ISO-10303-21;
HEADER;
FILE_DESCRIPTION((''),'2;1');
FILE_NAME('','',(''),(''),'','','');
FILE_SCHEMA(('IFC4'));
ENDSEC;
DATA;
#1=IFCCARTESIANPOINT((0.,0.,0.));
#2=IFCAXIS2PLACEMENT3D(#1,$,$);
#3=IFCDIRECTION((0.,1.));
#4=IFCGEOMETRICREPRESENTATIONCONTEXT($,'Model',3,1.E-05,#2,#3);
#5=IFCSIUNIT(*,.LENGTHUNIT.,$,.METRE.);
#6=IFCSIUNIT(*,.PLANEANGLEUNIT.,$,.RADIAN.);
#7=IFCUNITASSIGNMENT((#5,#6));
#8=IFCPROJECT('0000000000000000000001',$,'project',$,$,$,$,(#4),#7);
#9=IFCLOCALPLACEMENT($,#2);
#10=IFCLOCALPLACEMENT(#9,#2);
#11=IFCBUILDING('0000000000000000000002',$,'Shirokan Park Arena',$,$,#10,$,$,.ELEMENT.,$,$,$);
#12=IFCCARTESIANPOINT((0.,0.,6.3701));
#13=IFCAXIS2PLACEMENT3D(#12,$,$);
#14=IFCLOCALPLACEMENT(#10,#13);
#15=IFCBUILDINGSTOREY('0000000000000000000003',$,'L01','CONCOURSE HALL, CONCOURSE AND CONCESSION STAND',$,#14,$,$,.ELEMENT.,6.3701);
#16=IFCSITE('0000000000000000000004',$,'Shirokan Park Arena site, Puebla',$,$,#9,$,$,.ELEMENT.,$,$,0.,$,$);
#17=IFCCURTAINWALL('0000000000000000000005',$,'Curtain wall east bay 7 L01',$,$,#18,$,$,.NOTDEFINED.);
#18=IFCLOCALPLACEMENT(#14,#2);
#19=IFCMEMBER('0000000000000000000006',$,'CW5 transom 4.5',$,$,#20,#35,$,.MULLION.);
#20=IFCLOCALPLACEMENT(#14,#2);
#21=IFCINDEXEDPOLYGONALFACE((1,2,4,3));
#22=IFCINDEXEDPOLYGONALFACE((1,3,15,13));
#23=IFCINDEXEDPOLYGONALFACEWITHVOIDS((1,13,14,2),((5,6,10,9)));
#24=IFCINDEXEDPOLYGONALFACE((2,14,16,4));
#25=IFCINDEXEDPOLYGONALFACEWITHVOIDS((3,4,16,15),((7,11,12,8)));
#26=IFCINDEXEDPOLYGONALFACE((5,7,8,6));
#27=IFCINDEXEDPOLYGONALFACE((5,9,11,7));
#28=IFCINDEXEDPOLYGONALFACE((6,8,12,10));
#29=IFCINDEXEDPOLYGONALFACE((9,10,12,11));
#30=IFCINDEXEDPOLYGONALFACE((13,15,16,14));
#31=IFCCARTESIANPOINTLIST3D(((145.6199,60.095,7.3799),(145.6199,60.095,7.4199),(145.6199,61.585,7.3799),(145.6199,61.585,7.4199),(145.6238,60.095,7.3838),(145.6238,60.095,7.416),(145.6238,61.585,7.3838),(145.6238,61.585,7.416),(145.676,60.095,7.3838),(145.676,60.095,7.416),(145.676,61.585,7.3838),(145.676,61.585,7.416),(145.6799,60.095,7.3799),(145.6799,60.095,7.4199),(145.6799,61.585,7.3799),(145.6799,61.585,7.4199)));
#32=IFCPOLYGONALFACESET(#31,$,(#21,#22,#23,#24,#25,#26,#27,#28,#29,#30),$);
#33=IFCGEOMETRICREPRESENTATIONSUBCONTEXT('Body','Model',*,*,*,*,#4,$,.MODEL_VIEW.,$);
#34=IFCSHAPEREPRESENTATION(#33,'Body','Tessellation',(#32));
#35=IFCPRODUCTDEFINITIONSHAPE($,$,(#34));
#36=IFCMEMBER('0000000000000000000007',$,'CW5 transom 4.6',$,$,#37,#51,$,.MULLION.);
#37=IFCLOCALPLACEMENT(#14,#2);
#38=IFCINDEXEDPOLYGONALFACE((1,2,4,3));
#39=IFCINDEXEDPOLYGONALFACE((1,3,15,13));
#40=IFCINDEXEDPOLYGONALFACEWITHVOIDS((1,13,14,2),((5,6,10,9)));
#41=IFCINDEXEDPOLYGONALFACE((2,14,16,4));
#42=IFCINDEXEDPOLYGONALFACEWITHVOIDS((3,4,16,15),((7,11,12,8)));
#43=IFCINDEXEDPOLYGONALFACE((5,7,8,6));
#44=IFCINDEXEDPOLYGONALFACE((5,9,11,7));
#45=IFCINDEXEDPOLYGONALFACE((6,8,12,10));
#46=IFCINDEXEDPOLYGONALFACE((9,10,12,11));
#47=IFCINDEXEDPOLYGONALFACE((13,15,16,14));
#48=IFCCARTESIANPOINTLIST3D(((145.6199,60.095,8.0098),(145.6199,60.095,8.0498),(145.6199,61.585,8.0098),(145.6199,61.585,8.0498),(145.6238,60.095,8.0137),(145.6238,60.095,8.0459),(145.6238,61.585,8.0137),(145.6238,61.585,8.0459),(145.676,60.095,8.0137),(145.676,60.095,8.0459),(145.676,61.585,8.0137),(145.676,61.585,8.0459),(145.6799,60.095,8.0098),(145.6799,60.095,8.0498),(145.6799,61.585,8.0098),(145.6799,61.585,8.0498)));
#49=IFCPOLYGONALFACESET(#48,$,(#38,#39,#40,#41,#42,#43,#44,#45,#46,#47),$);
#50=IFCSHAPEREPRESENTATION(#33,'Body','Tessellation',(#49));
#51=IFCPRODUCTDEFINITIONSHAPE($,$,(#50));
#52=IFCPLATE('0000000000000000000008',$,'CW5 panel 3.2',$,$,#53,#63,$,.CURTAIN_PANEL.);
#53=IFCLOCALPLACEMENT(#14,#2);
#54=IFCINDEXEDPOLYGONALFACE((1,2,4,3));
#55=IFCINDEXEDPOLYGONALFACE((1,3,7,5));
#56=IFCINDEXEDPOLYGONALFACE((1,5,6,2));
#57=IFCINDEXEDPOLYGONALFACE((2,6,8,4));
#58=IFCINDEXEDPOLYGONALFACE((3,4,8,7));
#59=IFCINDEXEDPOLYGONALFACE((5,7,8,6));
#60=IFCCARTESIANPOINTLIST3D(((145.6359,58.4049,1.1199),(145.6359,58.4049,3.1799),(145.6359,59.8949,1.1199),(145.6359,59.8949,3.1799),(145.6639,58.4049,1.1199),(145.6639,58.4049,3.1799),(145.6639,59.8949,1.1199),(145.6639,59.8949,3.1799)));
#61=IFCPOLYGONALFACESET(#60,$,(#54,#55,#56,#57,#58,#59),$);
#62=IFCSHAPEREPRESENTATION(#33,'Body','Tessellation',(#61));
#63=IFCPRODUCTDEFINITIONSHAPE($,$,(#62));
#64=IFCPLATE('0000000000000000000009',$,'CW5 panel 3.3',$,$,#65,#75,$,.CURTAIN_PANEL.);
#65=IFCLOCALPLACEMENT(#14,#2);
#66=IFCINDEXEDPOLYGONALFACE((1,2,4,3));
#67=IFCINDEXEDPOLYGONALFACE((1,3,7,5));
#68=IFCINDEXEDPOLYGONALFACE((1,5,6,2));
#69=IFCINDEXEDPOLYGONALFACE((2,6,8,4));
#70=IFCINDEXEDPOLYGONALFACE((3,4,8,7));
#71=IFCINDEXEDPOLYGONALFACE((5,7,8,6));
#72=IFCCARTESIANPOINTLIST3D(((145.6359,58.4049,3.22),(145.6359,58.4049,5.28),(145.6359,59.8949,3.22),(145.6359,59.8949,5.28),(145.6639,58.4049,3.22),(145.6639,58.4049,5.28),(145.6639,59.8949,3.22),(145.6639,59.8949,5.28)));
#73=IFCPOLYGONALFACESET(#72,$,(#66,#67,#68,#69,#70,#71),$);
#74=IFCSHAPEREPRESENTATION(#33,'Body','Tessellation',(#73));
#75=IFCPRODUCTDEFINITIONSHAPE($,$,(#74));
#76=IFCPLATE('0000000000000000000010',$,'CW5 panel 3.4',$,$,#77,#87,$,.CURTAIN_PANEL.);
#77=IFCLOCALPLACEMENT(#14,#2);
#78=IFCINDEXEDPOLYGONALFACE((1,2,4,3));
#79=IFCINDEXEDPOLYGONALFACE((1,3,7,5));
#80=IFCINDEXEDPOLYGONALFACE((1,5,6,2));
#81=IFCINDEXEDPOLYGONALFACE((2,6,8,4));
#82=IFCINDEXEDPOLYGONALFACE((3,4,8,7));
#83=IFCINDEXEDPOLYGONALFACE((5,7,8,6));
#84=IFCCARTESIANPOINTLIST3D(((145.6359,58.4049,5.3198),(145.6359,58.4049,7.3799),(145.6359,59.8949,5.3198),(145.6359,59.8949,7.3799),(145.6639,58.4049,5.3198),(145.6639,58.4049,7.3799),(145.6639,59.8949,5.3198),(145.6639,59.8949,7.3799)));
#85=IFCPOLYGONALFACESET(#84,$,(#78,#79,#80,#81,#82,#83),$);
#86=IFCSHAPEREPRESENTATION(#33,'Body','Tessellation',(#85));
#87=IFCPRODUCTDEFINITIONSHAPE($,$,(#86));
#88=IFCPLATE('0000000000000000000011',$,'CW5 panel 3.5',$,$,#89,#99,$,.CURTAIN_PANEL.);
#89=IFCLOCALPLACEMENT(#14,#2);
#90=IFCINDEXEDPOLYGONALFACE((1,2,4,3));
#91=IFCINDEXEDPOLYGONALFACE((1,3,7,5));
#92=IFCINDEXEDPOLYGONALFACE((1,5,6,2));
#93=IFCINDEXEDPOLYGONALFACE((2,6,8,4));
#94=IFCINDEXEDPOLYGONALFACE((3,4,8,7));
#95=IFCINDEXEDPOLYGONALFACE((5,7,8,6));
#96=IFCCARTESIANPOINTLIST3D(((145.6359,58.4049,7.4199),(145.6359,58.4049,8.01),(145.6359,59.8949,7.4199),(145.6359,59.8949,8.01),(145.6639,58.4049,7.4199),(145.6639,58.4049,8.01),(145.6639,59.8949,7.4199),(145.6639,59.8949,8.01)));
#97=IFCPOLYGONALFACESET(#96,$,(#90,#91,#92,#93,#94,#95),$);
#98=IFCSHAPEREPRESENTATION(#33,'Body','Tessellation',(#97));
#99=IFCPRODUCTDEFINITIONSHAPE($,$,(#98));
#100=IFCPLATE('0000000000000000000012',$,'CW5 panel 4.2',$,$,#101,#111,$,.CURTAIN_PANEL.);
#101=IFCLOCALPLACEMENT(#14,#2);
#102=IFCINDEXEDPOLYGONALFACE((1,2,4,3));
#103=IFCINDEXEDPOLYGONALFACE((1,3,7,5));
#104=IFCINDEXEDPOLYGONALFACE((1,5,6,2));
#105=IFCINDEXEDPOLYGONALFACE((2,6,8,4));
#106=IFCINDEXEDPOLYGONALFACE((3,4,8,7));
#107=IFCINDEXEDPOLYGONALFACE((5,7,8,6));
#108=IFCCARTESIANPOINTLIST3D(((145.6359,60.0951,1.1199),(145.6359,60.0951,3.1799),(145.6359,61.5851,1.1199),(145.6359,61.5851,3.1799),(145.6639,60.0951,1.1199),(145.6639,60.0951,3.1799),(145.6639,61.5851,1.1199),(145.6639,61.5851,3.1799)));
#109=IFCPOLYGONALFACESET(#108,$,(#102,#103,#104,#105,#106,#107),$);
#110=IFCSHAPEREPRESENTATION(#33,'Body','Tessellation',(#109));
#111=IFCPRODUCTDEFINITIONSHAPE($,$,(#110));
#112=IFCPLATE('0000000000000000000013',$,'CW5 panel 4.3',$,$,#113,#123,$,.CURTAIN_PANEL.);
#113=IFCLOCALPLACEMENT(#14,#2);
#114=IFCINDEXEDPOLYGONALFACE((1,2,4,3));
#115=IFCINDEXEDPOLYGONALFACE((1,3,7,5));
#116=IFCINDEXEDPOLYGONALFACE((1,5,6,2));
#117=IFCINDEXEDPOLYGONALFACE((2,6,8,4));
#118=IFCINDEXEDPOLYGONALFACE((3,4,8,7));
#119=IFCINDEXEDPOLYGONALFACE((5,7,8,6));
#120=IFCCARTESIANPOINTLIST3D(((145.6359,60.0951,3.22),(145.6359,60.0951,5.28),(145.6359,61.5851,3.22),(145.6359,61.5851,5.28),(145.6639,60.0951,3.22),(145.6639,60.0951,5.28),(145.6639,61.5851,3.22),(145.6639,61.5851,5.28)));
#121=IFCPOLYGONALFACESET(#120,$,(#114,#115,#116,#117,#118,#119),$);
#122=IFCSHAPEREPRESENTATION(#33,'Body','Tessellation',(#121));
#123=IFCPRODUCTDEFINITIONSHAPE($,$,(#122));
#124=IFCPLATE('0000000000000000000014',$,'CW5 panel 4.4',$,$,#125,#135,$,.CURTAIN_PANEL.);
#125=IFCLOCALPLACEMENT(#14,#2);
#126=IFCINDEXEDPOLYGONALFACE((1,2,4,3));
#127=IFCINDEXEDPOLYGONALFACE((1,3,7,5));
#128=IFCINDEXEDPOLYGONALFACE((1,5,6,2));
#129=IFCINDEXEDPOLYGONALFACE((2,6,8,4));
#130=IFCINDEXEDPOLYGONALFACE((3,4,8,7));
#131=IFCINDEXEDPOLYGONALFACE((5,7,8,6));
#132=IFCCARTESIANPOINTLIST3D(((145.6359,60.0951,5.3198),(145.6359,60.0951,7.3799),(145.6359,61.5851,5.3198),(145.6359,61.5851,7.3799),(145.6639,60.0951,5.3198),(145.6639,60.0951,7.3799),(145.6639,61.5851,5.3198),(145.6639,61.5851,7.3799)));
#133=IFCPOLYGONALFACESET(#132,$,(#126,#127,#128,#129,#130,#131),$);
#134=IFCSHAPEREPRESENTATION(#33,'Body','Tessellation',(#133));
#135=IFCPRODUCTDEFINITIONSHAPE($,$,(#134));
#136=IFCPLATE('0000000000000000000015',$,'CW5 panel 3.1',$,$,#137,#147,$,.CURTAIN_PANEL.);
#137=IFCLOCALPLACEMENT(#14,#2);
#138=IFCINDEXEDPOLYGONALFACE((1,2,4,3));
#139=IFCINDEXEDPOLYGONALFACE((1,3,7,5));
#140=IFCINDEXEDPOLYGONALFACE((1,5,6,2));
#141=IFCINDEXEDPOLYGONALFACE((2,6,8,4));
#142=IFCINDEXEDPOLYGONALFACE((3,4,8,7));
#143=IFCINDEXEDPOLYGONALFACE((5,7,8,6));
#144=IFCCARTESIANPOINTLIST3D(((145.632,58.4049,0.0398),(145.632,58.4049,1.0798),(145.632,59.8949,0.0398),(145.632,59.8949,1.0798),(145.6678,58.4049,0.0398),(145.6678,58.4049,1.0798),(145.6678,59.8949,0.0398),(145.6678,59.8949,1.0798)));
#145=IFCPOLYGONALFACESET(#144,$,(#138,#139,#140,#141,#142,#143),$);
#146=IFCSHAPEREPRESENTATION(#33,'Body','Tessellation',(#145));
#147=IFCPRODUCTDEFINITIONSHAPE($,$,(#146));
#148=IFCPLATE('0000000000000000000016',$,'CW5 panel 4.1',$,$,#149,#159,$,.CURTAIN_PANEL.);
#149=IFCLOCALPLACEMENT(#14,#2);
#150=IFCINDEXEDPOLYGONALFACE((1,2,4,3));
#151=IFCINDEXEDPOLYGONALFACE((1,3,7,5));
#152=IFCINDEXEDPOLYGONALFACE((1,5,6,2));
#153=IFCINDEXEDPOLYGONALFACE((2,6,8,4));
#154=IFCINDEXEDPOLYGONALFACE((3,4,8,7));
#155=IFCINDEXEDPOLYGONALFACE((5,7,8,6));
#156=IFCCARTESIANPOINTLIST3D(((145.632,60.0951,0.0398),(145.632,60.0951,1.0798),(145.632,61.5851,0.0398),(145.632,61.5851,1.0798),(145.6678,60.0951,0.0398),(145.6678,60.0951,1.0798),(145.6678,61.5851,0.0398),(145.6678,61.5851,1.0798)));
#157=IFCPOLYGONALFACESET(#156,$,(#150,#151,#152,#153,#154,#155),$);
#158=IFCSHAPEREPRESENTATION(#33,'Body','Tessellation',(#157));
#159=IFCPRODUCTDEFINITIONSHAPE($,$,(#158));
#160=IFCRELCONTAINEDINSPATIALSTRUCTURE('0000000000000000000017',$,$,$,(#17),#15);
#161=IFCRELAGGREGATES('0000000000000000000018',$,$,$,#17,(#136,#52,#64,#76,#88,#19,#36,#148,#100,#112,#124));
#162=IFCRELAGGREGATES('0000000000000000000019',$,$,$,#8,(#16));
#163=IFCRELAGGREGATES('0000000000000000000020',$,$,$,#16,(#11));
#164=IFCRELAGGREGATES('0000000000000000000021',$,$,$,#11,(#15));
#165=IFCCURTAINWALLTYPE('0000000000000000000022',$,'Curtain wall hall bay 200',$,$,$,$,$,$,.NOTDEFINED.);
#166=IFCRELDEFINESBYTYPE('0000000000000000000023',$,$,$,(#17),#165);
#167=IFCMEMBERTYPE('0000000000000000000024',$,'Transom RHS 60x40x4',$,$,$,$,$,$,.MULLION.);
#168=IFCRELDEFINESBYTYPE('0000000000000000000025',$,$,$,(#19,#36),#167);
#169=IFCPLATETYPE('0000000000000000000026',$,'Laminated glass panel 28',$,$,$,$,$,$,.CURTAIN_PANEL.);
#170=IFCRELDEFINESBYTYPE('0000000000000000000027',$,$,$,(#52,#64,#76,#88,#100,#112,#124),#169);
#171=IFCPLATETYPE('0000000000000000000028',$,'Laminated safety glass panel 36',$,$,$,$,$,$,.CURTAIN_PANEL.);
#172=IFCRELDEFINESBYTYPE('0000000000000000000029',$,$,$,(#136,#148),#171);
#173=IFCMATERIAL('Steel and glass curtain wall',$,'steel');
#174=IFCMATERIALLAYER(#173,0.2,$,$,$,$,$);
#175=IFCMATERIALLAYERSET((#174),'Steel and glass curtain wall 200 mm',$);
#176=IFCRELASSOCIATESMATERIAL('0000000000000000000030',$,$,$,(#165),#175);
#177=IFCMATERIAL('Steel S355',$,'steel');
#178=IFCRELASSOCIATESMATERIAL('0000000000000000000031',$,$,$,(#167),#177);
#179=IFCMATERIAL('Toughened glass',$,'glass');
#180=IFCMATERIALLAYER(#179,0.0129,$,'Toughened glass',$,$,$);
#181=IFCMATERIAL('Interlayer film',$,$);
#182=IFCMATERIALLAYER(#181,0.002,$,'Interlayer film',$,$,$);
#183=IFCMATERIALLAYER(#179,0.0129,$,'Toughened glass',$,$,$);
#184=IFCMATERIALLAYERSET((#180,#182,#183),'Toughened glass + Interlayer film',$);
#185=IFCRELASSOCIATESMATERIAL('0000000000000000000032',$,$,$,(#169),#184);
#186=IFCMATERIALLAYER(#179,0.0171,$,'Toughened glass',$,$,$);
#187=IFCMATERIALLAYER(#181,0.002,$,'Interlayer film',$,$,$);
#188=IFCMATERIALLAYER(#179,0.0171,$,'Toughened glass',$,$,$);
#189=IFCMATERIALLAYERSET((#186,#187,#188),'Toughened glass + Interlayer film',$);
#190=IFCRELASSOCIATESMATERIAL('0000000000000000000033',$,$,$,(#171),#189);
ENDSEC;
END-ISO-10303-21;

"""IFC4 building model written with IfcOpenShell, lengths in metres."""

from ifc_helpers import new_model, si_unit, direction, frame, origin, origin_2d, place, context, subcontext, project, spatial, rectangle, hollow_rectangle, extrude, material, layer, layer_set, material_profile, profile_set, type_object, element, aggregate, save


model = new_model("IFC4")

# Units and contexts
model_context = context("Model", 3, precision=1e-05, world=origin(), true_north=direction((0.0, 1.0)))
body_context = subcontext(model_context, "Body", "Model", "MODEL_VIEW")
ifc_project = project(units=[si_unit("LENGTHUNIT", "METRE"), si_unit("PLANEANGLEUNIT", "RADIAN")], contexts=[model_context])

# Site, building, storey
site_placement = place(None, origin())
site = spatial("IfcSite", under=ifc_project, at=site_placement, Name="Shirokan Park Arena site, Puebla", CompositionType="ELEMENT", RefElevation=0.0)
building_placement = place(site_placement, origin())
building = spatial("IfcBuilding", under=site, at=building_placement, Name="Shirokan Park Arena", CompositionType="ELEMENT")
storey_placement = place(building_placement, frame((0.0, 0.0, 6.3701)))
storey = spatial("IfcBuildingStorey", under=building, at=storey_placement, Name="L01", Description="CONCOURSE HALL, CONCOURSE AND CONCESSION STAND", CompositionType="ELEMENT", Elevation=6.3701)

# Curtain wall, members, plates
ifc_material_1 = material(Name="Steel and glass curtain wall", Category="steel")
ifc_layer_1 = layer(ifc_material_1, 0.2)
ifc_layer_set_1 = layer_set([ifc_layer_1], Name="Steel and glass curtain wall 200 mm")
curtain_wall_type = type_object("IfcCurtainWallType", Name="Curtain wall hall bay 200", PredefinedType="NOTDEFINED", material=ifc_layer_set_1)
curtain_wall_placement = place(storey_placement, origin())
curtain_wall = element("IfcCurtainWall", 1, at=curtain_wall_placement, inside=storey, type_object=curtain_wall_type, Name="Curtain wall east bay 7 L01", PredefinedType="NOTDEFINED")
ifc_material_2 = material(Name="Steel S355", Category="steel")
ifc_material_profile_1 = material_profile(ifc_material_2, hollow_rectangle(XDim=0.0601, YDim=0.04, WallThickness=0.0039, at=origin_2d()), Name="RHS 60x40x4")
ifc_profile_set_1 = profile_set([ifc_material_profile_1], Name="Steel S355")
member_type_1 = type_object("IfcMemberType", Name="Transom RHS 60x40x4", PredefinedType="MULLION", material=ifc_profile_set_1)
member_1_placement = place(storey_placement, frame((145.6499, 60.095, 7.3999), z_axis=(0.0, 1.0, 0.0), x_axis=(-1.0, 0.0, 0.0)))
member_1 = element("IfcMember", 2, at=member_1_placement, type_object=member_type_1, Name="CW5 transom 4.5", PredefinedType="MULLION", context=body_context, shape_type="SweptSolid", body=[
    extrude(hollow_rectangle(XDim=0.0601, YDim=0.04, WallThickness=0.0039, at=origin_2d()), origin(), (0.0, 0.0, 1.0), 1.49),
])
member_2_placement = place(storey_placement, frame((145.6499, 60.095, 8.0298), z_axis=(0.0, 1.0, 0.0), x_axis=(-1.0, 0.0, 0.0)))
member_2 = element("IfcMember", 3, at=member_2_placement, type_object=member_type_1, Name="CW5 transom 4.6", PredefinedType="MULLION", context=body_context, shape_type="SweptSolid", body=[
    extrude(hollow_rectangle(XDim=0.0601, YDim=0.04, WallThickness=0.0039, at=origin_2d()), origin(), (0.0, 0.0, 1.0), 1.49),
])
ifc_material_3 = material(Name="Toughened glass", Category="glass")
ifc_layer_2 = layer(ifc_material_3, 0.0129, Name="Toughened glass")
ifc_material_4 = material(Name="Interlayer film")
ifc_layer_3 = layer(ifc_material_4, 0.002, Name="Interlayer film")
ifc_layer_4 = layer(ifc_material_3, 0.0129, Name="Toughened glass")
ifc_layer_set_2 = layer_set([ifc_layer_2, ifc_layer_3, ifc_layer_4], Name="Toughened glass + Interlayer film")
plate_type_1 = type_object("IfcPlateType", Name="Laminated glass panel 28", PredefinedType="CURTAIN_PANEL", material=ifc_layer_set_2)
plate_1_placement = place(storey_placement, frame((145.6499, 59.1499, 1.1199), z_axis=(0.0, 0.0, 1.0), x_axis=(0.0, 1.0, 0.0)))
plate_1 = element("IfcPlate", 4, at=plate_1_placement, type_object=plate_type_1, Name="CW5 panel 3.2", PredefinedType="CURTAIN_PANEL", context=body_context, shape_type="SweptSolid", body=[
    extrude(rectangle(XDim=1.49, YDim=0.0281, at=origin_2d()), origin(), (0.0, 0.0, 1.0), 2.0601),
])
plate_2_placement = place(storey_placement, frame((145.6499, 59.1499, 3.22), z_axis=(0.0, 0.0, 1.0), x_axis=(0.0, 1.0, 0.0)))
plate_2 = element("IfcPlate", 5, at=plate_2_placement, type_object=plate_type_1, Name="CW5 panel 3.3", PredefinedType="CURTAIN_PANEL", context=body_context, shape_type="SweptSolid", body=[
    extrude(rectangle(XDim=1.49, YDim=0.0281, at=origin_2d()), origin(), (0.0, 0.0, 1.0), 2.0601),
])
plate_3_placement = place(storey_placement, frame((145.6499, 59.1499, 5.3198), z_axis=(0.0, 0.0, 1.0), x_axis=(0.0, 1.0, 0.0)))
plate_3 = element("IfcPlate", 6, at=plate_3_placement, type_object=plate_type_1, Name="CW5 panel 3.4", PredefinedType="CURTAIN_PANEL", context=body_context, shape_type="SweptSolid", body=[
    extrude(rectangle(XDim=1.49, YDim=0.0281, at=origin_2d()), origin(), (0.0, 0.0, 1.0), 2.0601),
])
plate_4_placement = place(storey_placement, frame((145.6499, 59.1499, 7.4199), z_axis=(0.0, 0.0, 1.0), x_axis=(0.0, 1.0, 0.0)))
plate_4 = element("IfcPlate", 7, at=plate_4_placement, type_object=plate_type_1, Name="CW5 panel 3.5", PredefinedType="CURTAIN_PANEL", context=body_context, shape_type="SweptSolid", body=[
    extrude(rectangle(XDim=1.49, YDim=0.0281, at=origin_2d()), origin(), (0.0, 0.0, 1.0), 0.5901),
])
plate_5_placement = place(storey_placement, frame((145.6499, 60.8401, 1.1199), z_axis=(0.0, 0.0, 1.0), x_axis=(0.0, 1.0, 0.0)))
plate_5 = element("IfcPlate", 8, at=plate_5_placement, type_object=plate_type_1, Name="CW5 panel 4.2", PredefinedType="CURTAIN_PANEL", context=body_context, shape_type="SweptSolid", body=[
    extrude(rectangle(XDim=1.49, YDim=0.0281, at=origin_2d()), origin(), (0.0, 0.0, 1.0), 2.0601),
])
plate_6_placement = place(storey_placement, frame((145.6499, 60.8401, 3.22), z_axis=(0.0, 0.0, 1.0), x_axis=(0.0, 1.0, 0.0)))
plate_6 = element("IfcPlate", 9, at=plate_6_placement, type_object=plate_type_1, Name="CW5 panel 4.3", PredefinedType="CURTAIN_PANEL", context=body_context, shape_type="SweptSolid", body=[
    extrude(rectangle(XDim=1.49, YDim=0.0281, at=origin_2d()), origin(), (0.0, 0.0, 1.0), 2.0601),
])
plate_7_placement = place(storey_placement, frame((145.6499, 60.8401, 5.3198), z_axis=(0.0, 0.0, 1.0), x_axis=(0.0, 1.0, 0.0)))
plate_7 = element("IfcPlate", 10, at=plate_7_placement, type_object=plate_type_1, Name="CW5 panel 4.4", PredefinedType="CURTAIN_PANEL", context=body_context, shape_type="SweptSolid", body=[
    extrude(rectangle(XDim=1.49, YDim=0.0281, at=origin_2d()), origin(), (0.0, 0.0, 1.0), 2.0601),
])
ifc_layer_5 = layer(ifc_material_3, 0.0171, Name="Toughened glass")
ifc_layer_6 = layer(ifc_material_4, 0.002, Name="Interlayer film")
ifc_layer_7 = layer(ifc_material_3, 0.0171, Name="Toughened glass")
ifc_layer_set_3 = layer_set([ifc_layer_5, ifc_layer_6, ifc_layer_7], Name="Toughened glass + Interlayer film")
plate_type_2 = type_object("IfcPlateType", Name="Laminated safety glass panel 36", PredefinedType="CURTAIN_PANEL", material=ifc_layer_set_3)
plate_8_placement = place(storey_placement, frame((145.6499, 59.1499, 0.0398), z_axis=(0.0, 0.0, 1.0), x_axis=(0.0, 1.0, 0.0)))
plate_8 = element("IfcPlate", 11, at=plate_8_placement, type_object=plate_type_2, Name="CW5 panel 3.1", PredefinedType="CURTAIN_PANEL", context=body_context, shape_type="SweptSolid", body=[
    extrude(rectangle(XDim=1.49, YDim=0.0359, at=origin_2d()), origin(), (0.0, 0.0, 1.0), 1.04),
])
plate_9_placement = place(storey_placement, frame((145.6499, 60.8401, 0.0398), z_axis=(0.0, 0.0, 1.0), x_axis=(0.0, 1.0, 0.0)))
plate_9 = element("IfcPlate", 12, at=plate_9_placement, type_object=plate_type_2, Name="CW5 panel 4.1", PredefinedType="CURTAIN_PANEL", context=body_context, shape_type="SweptSolid", body=[
    extrude(rectangle(XDim=1.49, YDim=0.0359, at=origin_2d()), origin(), (0.0, 0.0, 1.0), 1.04),
])
aggregate(curtain_wall, [plate_8, plate_1, plate_2, plate_3, plate_4, member_1, member_2, plate_9, plate_5, plate_6, plate_7])

save(model, "model.ifc")
